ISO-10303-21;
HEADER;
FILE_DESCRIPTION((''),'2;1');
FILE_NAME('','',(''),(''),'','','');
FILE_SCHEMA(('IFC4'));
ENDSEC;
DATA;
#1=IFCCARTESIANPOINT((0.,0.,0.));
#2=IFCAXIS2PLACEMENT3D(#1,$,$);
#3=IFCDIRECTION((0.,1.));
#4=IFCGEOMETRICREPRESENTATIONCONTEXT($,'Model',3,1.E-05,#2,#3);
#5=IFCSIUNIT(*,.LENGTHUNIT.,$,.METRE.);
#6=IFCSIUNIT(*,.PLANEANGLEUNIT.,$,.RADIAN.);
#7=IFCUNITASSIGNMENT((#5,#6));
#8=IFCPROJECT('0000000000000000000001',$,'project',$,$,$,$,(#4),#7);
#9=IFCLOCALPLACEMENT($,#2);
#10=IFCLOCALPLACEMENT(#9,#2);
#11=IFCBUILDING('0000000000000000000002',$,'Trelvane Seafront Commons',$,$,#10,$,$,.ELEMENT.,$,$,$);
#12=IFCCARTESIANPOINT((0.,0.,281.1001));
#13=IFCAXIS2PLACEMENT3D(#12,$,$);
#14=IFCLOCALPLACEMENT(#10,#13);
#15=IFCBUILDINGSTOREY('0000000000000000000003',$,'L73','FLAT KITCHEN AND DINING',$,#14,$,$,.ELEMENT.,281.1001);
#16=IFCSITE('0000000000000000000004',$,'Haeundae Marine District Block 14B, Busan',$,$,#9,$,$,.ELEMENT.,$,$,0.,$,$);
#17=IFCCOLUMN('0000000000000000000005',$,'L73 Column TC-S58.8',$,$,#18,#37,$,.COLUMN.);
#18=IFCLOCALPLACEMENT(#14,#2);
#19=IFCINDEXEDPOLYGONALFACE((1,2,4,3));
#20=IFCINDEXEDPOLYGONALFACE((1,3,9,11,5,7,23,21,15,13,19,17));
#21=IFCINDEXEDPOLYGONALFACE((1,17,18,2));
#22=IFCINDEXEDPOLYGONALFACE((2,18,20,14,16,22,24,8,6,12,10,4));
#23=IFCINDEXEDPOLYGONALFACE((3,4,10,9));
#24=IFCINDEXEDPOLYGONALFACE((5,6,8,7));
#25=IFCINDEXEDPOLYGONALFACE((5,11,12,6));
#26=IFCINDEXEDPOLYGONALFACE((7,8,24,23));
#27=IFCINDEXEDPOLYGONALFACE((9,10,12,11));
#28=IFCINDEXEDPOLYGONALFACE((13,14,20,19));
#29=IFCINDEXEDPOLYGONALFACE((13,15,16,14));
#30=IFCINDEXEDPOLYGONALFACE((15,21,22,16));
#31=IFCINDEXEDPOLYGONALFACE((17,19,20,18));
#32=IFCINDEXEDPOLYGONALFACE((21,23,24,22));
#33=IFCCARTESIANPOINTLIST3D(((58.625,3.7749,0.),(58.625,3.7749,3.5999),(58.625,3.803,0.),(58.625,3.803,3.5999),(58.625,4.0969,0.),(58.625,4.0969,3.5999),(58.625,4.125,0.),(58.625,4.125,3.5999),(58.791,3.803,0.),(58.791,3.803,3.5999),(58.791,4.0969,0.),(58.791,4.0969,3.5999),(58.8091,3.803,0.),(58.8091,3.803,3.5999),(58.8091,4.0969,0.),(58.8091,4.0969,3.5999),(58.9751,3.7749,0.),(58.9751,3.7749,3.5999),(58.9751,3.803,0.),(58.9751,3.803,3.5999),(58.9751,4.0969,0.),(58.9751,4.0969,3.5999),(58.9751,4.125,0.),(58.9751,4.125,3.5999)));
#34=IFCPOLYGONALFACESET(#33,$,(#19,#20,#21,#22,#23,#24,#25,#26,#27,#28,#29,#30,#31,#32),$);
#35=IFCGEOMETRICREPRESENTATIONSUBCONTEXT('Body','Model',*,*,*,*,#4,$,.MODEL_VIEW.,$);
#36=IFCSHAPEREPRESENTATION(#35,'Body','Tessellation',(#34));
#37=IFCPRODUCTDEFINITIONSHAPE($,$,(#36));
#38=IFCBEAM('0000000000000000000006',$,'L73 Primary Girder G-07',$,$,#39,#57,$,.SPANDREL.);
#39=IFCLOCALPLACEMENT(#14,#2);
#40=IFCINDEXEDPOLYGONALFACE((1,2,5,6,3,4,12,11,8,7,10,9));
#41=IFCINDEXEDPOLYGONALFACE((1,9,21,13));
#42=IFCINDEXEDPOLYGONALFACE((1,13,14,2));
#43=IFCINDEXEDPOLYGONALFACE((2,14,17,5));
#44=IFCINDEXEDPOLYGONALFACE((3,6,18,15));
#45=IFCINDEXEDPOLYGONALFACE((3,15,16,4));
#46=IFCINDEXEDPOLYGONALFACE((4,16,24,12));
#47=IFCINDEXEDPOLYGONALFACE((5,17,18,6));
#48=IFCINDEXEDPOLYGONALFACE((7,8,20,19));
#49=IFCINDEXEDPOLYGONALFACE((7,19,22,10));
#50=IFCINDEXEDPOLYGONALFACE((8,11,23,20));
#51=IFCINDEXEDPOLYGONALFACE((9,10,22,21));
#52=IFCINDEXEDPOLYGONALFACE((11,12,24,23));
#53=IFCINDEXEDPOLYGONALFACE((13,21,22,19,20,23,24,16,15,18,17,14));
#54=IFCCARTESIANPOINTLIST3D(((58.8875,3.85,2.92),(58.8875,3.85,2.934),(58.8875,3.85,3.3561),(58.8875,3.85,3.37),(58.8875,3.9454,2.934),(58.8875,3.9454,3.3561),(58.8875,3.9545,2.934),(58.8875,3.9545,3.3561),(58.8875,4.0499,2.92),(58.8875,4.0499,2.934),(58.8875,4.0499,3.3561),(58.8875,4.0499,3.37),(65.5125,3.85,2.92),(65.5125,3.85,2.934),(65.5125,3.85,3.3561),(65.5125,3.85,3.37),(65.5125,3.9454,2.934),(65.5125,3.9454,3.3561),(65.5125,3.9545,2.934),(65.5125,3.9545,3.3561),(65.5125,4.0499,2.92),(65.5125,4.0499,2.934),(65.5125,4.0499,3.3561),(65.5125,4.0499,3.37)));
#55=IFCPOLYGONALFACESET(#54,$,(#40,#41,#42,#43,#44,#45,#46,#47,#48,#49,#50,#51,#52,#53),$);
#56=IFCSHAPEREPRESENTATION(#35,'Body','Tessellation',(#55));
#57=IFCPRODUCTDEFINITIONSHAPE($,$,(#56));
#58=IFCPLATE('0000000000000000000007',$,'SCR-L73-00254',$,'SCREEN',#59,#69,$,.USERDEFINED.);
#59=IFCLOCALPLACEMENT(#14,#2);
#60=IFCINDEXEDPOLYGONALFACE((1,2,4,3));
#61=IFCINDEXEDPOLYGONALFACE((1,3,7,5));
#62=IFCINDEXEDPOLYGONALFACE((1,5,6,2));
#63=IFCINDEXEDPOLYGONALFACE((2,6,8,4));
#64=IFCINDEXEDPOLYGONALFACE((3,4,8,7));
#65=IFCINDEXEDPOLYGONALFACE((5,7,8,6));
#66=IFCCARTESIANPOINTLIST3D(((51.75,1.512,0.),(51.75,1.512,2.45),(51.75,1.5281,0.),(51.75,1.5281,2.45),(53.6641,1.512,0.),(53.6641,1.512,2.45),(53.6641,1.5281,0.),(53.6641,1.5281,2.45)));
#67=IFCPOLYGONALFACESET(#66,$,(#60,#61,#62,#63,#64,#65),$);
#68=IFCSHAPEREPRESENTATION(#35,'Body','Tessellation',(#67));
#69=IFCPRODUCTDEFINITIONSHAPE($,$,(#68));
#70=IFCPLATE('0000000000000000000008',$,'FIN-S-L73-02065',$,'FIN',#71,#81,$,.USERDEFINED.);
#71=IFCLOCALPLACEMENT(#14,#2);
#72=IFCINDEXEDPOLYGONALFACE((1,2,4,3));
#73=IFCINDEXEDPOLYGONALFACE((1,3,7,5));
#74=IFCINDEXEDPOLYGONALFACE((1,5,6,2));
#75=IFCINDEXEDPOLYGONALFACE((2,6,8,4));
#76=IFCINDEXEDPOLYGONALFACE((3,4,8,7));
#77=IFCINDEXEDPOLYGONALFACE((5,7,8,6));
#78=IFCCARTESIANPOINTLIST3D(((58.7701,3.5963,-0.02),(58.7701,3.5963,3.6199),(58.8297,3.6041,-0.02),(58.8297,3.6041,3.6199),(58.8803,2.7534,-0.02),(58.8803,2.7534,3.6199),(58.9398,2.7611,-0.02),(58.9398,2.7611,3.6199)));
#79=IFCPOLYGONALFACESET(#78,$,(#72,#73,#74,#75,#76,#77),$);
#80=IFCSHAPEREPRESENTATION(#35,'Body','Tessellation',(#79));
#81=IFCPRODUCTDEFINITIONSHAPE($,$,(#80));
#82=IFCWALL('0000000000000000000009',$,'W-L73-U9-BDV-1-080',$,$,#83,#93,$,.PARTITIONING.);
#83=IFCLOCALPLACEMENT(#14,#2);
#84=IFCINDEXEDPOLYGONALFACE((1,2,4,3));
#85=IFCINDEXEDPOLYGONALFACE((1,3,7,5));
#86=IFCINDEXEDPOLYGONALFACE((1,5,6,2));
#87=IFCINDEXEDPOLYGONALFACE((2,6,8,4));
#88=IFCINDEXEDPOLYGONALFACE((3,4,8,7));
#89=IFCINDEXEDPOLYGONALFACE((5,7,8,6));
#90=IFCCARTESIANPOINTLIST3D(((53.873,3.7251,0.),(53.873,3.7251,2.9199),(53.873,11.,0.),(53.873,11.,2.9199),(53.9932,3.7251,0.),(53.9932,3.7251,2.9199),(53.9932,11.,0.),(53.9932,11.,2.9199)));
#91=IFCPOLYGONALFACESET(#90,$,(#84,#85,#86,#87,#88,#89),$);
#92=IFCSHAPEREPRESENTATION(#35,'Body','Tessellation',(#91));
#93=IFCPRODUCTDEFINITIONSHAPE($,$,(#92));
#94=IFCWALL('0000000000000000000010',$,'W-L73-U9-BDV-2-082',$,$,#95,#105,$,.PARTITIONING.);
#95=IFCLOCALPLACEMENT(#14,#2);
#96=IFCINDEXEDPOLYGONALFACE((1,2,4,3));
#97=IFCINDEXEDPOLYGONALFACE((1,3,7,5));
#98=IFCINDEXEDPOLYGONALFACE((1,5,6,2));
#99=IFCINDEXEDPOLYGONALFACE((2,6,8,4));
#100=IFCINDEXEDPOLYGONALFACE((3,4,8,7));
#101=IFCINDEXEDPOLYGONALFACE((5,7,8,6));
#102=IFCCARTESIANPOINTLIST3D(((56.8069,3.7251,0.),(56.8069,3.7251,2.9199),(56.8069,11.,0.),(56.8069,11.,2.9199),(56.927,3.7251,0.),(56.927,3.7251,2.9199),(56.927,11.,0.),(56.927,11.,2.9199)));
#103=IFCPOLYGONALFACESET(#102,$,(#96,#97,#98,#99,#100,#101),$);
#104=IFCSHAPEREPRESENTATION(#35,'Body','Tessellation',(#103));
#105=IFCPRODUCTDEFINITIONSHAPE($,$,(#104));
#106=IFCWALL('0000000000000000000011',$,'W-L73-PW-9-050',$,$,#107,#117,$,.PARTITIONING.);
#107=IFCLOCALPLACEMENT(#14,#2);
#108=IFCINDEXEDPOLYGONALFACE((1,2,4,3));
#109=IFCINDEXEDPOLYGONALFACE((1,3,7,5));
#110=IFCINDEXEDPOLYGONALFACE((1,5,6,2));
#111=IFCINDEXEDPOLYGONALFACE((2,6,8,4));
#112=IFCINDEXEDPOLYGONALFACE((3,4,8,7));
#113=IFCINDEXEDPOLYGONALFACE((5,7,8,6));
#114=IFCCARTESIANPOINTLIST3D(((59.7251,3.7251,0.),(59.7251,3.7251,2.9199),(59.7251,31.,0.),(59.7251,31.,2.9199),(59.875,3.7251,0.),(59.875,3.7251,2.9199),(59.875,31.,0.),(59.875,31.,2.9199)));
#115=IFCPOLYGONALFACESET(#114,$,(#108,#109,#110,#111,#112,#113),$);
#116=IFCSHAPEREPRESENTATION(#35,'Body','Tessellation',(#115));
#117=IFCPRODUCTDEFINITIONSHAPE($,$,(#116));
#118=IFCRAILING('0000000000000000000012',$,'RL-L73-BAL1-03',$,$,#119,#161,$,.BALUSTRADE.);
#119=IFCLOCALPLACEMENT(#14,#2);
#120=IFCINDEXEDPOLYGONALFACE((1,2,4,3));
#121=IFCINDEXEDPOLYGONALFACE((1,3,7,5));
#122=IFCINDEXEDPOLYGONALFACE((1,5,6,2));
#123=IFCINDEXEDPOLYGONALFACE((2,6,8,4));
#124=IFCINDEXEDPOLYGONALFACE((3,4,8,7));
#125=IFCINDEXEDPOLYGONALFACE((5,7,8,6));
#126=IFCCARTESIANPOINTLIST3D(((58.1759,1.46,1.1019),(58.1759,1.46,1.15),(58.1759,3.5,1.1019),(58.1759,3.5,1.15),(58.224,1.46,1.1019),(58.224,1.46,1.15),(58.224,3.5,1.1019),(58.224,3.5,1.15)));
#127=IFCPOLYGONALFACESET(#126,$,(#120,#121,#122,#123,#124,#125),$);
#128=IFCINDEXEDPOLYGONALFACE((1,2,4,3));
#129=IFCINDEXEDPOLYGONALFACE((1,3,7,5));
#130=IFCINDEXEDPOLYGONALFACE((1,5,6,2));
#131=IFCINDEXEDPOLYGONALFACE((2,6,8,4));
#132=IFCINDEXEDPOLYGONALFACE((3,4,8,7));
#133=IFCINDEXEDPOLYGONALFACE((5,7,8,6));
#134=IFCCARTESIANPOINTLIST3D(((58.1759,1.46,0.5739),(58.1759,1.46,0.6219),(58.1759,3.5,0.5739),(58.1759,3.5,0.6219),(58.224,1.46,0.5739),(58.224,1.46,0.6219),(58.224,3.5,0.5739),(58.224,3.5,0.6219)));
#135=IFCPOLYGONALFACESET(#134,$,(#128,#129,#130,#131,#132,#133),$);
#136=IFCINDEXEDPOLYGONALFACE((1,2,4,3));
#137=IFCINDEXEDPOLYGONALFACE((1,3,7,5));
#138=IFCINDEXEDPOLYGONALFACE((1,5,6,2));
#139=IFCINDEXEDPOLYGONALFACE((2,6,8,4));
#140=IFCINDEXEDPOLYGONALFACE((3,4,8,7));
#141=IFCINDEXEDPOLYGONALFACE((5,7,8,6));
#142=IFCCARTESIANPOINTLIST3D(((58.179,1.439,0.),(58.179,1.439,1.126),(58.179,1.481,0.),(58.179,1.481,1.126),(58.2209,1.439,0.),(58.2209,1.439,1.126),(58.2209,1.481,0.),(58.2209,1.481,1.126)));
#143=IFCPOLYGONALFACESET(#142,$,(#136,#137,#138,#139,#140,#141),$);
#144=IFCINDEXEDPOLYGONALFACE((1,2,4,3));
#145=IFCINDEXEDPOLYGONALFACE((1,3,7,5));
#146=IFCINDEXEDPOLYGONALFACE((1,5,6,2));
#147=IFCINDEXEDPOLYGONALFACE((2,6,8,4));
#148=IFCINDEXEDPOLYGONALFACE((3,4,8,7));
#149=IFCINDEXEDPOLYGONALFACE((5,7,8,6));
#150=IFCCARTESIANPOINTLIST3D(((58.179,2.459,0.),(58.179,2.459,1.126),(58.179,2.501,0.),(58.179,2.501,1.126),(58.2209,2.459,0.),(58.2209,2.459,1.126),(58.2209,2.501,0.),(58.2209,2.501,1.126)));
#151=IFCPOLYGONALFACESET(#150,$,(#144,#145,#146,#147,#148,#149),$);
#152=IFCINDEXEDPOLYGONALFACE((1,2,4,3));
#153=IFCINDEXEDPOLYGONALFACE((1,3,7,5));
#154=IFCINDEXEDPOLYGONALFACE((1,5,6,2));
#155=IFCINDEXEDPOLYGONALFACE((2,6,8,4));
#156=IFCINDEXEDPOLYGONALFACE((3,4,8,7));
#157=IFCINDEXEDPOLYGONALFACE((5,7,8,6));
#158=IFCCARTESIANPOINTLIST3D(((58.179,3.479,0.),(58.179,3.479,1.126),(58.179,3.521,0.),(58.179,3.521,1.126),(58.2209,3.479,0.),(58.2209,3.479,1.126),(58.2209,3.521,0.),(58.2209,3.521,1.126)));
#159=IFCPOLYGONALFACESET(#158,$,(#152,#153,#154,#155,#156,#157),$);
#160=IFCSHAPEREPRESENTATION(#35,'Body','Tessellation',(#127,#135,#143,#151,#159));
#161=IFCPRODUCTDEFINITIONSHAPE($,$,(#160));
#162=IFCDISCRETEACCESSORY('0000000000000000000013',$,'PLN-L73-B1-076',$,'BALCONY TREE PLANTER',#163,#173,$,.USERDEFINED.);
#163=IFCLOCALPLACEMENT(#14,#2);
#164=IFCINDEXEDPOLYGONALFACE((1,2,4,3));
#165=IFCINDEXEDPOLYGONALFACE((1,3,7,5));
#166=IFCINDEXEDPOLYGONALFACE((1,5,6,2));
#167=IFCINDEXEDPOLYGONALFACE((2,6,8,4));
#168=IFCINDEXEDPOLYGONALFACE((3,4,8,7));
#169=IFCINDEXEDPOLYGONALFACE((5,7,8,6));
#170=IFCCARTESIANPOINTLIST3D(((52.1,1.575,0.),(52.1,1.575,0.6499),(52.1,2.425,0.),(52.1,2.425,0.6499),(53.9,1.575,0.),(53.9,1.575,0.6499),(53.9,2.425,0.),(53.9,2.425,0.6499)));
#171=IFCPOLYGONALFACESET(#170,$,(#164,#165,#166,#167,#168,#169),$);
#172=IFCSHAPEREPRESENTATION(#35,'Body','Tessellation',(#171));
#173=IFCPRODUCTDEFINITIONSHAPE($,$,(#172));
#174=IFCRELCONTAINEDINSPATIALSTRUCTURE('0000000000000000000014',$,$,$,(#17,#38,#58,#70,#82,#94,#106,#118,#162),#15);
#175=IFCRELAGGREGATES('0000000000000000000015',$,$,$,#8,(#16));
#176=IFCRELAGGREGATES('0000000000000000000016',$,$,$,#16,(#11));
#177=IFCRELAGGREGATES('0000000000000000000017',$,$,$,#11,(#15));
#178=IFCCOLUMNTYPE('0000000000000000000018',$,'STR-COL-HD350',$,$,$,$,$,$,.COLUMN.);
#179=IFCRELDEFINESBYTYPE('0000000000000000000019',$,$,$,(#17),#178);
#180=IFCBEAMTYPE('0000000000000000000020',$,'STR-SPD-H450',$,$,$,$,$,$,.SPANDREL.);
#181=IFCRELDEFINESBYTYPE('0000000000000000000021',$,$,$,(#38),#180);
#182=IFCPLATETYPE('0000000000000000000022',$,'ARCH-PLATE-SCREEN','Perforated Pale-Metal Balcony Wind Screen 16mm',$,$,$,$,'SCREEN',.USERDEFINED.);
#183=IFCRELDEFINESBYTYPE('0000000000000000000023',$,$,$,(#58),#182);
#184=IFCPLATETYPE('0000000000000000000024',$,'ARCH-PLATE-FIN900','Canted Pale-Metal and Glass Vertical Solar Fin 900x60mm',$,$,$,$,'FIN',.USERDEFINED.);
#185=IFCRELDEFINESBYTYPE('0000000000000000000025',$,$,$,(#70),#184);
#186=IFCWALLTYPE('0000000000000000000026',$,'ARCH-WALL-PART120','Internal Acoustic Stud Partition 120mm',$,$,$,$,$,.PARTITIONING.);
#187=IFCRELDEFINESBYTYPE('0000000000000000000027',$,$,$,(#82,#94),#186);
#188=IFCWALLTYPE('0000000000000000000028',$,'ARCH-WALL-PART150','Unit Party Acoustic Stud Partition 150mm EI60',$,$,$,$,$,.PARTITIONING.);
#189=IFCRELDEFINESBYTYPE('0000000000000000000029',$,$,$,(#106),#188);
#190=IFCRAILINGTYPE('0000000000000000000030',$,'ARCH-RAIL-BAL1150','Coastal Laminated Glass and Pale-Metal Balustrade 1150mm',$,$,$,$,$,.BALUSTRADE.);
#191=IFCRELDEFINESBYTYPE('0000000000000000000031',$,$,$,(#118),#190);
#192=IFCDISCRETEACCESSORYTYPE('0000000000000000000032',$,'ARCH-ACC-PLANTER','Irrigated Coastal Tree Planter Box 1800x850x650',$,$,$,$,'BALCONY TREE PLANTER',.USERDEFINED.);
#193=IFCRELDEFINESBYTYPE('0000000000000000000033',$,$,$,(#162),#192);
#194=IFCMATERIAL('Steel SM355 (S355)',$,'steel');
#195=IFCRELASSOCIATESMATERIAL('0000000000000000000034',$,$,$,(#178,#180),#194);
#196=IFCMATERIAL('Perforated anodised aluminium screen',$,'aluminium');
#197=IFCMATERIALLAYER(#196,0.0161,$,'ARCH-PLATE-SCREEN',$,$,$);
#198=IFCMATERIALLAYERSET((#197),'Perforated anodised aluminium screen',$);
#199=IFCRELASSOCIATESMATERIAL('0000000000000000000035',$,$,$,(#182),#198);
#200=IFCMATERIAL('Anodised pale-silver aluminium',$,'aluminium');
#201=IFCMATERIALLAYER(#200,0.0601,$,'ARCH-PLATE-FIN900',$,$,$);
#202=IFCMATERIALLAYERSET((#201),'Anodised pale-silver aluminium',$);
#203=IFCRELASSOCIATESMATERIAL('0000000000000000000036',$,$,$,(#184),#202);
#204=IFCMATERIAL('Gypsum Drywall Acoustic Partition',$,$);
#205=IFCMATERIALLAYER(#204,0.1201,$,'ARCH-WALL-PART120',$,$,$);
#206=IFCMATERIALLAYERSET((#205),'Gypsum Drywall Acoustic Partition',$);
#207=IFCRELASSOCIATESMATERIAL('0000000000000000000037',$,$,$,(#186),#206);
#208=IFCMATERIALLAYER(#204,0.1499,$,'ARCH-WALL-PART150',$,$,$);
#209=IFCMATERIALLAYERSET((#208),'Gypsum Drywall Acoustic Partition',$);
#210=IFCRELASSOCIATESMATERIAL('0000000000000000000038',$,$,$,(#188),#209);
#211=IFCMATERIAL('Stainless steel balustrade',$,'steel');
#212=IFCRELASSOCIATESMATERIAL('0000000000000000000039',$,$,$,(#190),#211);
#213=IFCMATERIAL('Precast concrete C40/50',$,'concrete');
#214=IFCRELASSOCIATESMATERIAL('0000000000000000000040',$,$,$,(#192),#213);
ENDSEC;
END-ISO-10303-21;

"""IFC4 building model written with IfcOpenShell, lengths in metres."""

from ifc_helpers import new_model, si_unit, direction, frame, frame_2d, origin, origin_2d, place, context, subcontext, project, spatial, rectangle, i_section, extrude, source, transform, mapped, material, layer, layer_set, material_profile, profile_set, type_object, element, save


model = new_model("IFC4")

# Units and contexts
model_context = context("Model", 3, precision=1e-05, world=origin(), true_north=direction((0.0, 1.0)))
body_context = subcontext(model_context, "Body", "Model", "MODEL_VIEW")
ifc_project = project(units=[si_unit("LENGTHUNIT", "METRE"), si_unit("PLANEANGLEUNIT", "RADIAN")], contexts=[model_context])

# Site, building, storey
site_placement = place(None, origin())
site = spatial("IfcSite", under=ifc_project, at=site_placement, Name="Haeundae Marine District Block 14B, Busan", CompositionType="ELEMENT", RefElevation=0.0)
building_placement = place(site_placement, origin())
building = spatial("IfcBuilding", under=site, at=building_placement, Name="Trelvane Seafront Commons", CompositionType="ELEMENT")
storey_placement = place(building_placement, frame((0.0, 0.0, 281.1001)))
storey = spatial("IfcBuildingStorey", under=building, at=storey_placement, Name="L73", Description="FLAT KITCHEN AND DINING", CompositionType="ELEMENT", Elevation=281.1001)

# Column
ifc_material_1 = material(Name="Steel SM355 (S355)", Category="steel")
ifc_material_profile_1 = material_profile(ifc_material_1, i_section(OverallWidth=0.3501, OverallDepth=0.3501, WebThickness=0.0181, FlangeThickness=0.0281, at=origin_2d()), Name="HD-350x350x18x28")
ifc_profile_set_1 = profile_set([ifc_material_profile_1], Name="Steel SM355 (S355)")
column_type = type_object("IfcColumnType", Name="STR-COL-HD350", PredefinedType="COLUMN", material=ifc_profile_set_1)
shared_shape_1 = source(origin(), body_context, "Body", "SweptSolid", [
    extrude(i_section(OverallWidth=0.3501, OverallDepth=0.3501, WebThickness=0.0181, FlangeThickness=0.0281, at=origin_2d()), origin(), (0.0, 0.0, 1.0), 3.5999),
])
column_placement = place(storey_placement, frame((58.8, 3.95, 0.0), z_axis=(0.0, 0.0, 1.0), x_axis=(1.0, 0.0, 0.0)))
element("IfcColumn", 1, at=column_placement, inside=storey, type_object=column_type, Name="L73 Column TC-S58.8", PredefinedType="COLUMN", context=body_context, shape_type="MappedRepresentation", body=[
    mapped(shared_shape_1, transform((0.0, 0.0, 0.0), x_axis=(1.0, 0.0, 0.0), y_axis=(0.0, 1.0, 0.0), z_axis=(0.0, 0.0, 1.0), scale=1.0)),
])

# Beam
ifc_material_profile_2 = material_profile(ifc_material_1, i_section(OverallWidth=0.2, OverallDepth=0.45, WebThickness=0.009, FlangeThickness=0.0139, at=origin_2d()), Name="H-450x200x9x14")
ifc_profile_set_2 = profile_set([ifc_material_profile_2], Name="Steel SM355 (S355)")
beam_type = type_object("IfcBeamType", Name="STR-SPD-H450", PredefinedType="SPANDREL", material=ifc_profile_set_2)
shared_shape_2 = source(origin(), body_context, "Body", "SweptSolid", [
    extrude(i_section(OverallWidth=0.2, OverallDepth=0.45, WebThickness=0.009, FlangeThickness=0.0139, at=origin_2d()), origin(), (0.0, 0.0, 1.0), 6.625),
])
beam_placement = place(storey_placement, frame((58.8875, 3.95, 3.145), z_axis=(1.0, 0.0, 0.0), x_axis=(0.0, 1.0, 0.0)))
element("IfcBeam", 2, at=beam_placement, inside=storey, type_object=beam_type, Name="L73 Primary Girder G-07", PredefinedType="SPANDREL", context=body_context, shape_type="MappedRepresentation", body=[
    mapped(shared_shape_2, transform((0.0, 0.0, 0.0), x_axis=(1.0, 0.0, 0.0), y_axis=(0.0, 1.0, 0.0), z_axis=(0.0, 0.0, 1.0), scale=1.0)),
])

# Plates
ifc_material_2 = material(Name="Perforated anodised aluminium screen", Category="aluminium")
ifc_layer_1 = layer(ifc_material_2, 0.0161, Name="ARCH-PLATE-SCREEN")
ifc_layer_set_1 = layer_set([ifc_layer_1], Name="Perforated anodised aluminium screen")
plate_type_1 = type_object("IfcPlateType", Name="ARCH-PLATE-SCREEN", Description="Perforated Pale-Metal Balcony Wind Screen 16mm", ElementType="SCREEN", PredefinedType="USERDEFINED", material=ifc_layer_set_1)
shared_shape_3 = source(origin(), body_context, "Body", "SweptSolid", [
    extrude(rectangle(XDim=1.9141, YDim=0.0161, at=origin_2d()), origin(), (0.0, 0.0, 1.0), 2.45),
])
plate_1_placement = place(storey_placement, frame((52.707, 1.52, 0.0), z_axis=(0.0, 0.0, 1.0), x_axis=(1.0, 0.0, 0.0)))
element("IfcPlate", 3, at=plate_1_placement, inside=storey, type_object=plate_type_1, Name="SCR-L73-00254", ObjectType="SCREEN", PredefinedType="USERDEFINED", context=body_context, shape_type="MappedRepresentation", body=[
    mapped(shared_shape_3, transform((0.0, 0.0, 0.0), x_axis=(1.0, 0.0, 0.0), y_axis=(0.0, 1.0, 0.0), z_axis=(0.0, 0.0, 1.0), scale=1.0)),
])
ifc_material_3 = material(Name="Anodised pale-silver aluminium", Category="aluminium")
ifc_layer_2 = layer(ifc_material_3, 0.0601, Name="ARCH-PLATE-FIN900")
ifc_layer_set_2 = layer_set([ifc_layer_2], Name="Anodised pale-silver aluminium")
plate_type_2 = type_object("IfcPlateType", Name="ARCH-PLATE-FIN900", Description="Canted Pale-Metal and Glass Vertical Solar Fin 900x60mm", ElementType="FIN", PredefinedType="USERDEFINED", material=ifc_layer_set_2)
shared_shape_4 = source(origin(), body_context, "Body", "SweptSolid", [
    extrude(rectangle(XDim=0.8501, YDim=0.0601, at=origin_2d()), origin(), (0.0, 0.0, 1.0), 3.6399),
])
plate_2_placement = place(storey_placement, frame((58.855, 3.1787, -0.02), z_axis=(0.0, 0.0, 1.0), x_axis=(0.129535, -0.991575, 0.0)))
element("IfcPlate", 4, at=plate_2_placement, inside=storey, type_object=plate_type_2, Name="FIN-S-L73-02065", ObjectType="FIN", PredefinedType="USERDEFINED", context=body_context, shape_type="MappedRepresentation", body=[
    mapped(shared_shape_4, transform((0.0, 0.0, 0.0), x_axis=(1.0, 0.0, 0.0), y_axis=(0.0, 1.0, 0.0), z_axis=(0.0, 0.0, 1.0), scale=1.0)),
])

# Shared definitions
ifc_material_4 = material(Name="Precast concrete C40/50", Category="concrete")

# Walls
ifc_material_5 = material(Name="Gypsum Drywall Acoustic Partition")
ifc_layer_3 = layer(ifc_material_5, 0.1201, Name="ARCH-WALL-PART120")
ifc_layer_set_3 = layer_set([ifc_layer_3], Name="Gypsum Drywall Acoustic Partition")
wall_type_1 = type_object("IfcWallType", Name="ARCH-WALL-PART120", Description="Internal Acoustic Stud Partition 120mm", PredefinedType="PARTITIONING", material=ifc_layer_set_3)
for number, where, z_axis, x_axis, name in (
    (5, (53.9331, 3.7251, 0.0), (0.0, 0.0, 1.0), (0.0, 1.0, 0.0), "W-L73-U9-BDV-1-080"),
    (6, (56.8669, 3.7251, 0.0), (0.0, 0.0, 1.0), (0.0, 1.0, 0.0), "W-L73-U9-BDV-2-082"),
):
    element("IfcWall", number, at=place(storey_placement, frame(where, z_axis=z_axis, x_axis=x_axis)), inside=storey, type_object=wall_type_1, Name=name, PredefinedType="PARTITIONING", context=body_context, shape_type="SweptSolid", body=[
        extrude(rectangle(XDim=7.2749, YDim=0.1201, at=frame_2d((3.6375, 0.0))), origin(), (0.0, 0.0, 1.0), 2.9199),
    ])
ifc_layer_4 = layer(ifc_material_5, 0.1499, Name="ARCH-WALL-PART150")
ifc_layer_set_4 = layer_set([ifc_layer_4], Name="Gypsum Drywall Acoustic Partition")
wall_type_2 = type_object("IfcWallType", Name="ARCH-WALL-PART150", Description="Unit Party Acoustic Stud Partition 150mm EI60", PredefinedType="PARTITIONING", material=ifc_layer_set_4)
wall_1_placement = place(storey_placement, frame((59.8, 3.7251, 0.0), z_axis=(0.0, 0.0, 1.0), x_axis=(0.0, 1.0, 0.0)))
element("IfcWall", 7, at=wall_1_placement, inside=storey, type_object=wall_type_2, Name="W-L73-PW-9-050", PredefinedType="PARTITIONING", context=body_context, shape_type="SweptSolid", body=[
    extrude(rectangle(XDim=27.2749, YDim=0.1499, at=frame_2d((13.6375, 0.0))), origin(), (0.0, 0.0, 1.0), 2.9199),
])

# Railing
ifc_material_6 = material(Name="Stainless steel balustrade", Category="steel")
railing_type = type_object("IfcRailingType", Name="ARCH-RAIL-BAL1150", Description="Coastal Laminated Glass and Pale-Metal Balustrade 1150mm", PredefinedType="BALUSTRADE", material=ifc_material_6)
railing_placement = place(storey_placement, frame((58.2, 1.46, 0.0)))
element("IfcRailing", 8, at=railing_placement, inside=storey, type_object=railing_type, Name="RL-L73-BAL1-03", PredefinedType="BALUSTRADE", context=body_context, shape_type="SweptSolid", body=[
    extrude(rectangle(XDim=0.0481, YDim=0.0481, at=origin_2d()), frame((0.0, 0.0, 1.126), z_axis=(0.0, 1.0, 0.0), x_axis=(-1.0, 0.0, 0.0)), (0.0, 0.0, 1.0), 2.04),
    extrude(rectangle(XDim=0.0481, YDim=0.0481, at=origin_2d()), frame((0.0, 0.0, 0.5979), z_axis=(0.0, 1.0, 0.0), x_axis=(-1.0, 0.0, 0.0)), (0.0, 0.0, 1.0), 2.04),
    extrude(rectangle(XDim=0.042, YDim=0.042, at=origin_2d()), origin(), (0.0, 0.0, 1.0), 1.126),
    extrude(rectangle(XDim=0.042, YDim=0.042, at=origin_2d()), frame((0.0, 1.02, 0.0)), (0.0, 0.0, 1.0), 1.126),
    extrude(rectangle(XDim=0.042, YDim=0.042, at=origin_2d()), frame((0.0, 2.04, 0.0)), (0.0, 0.0, 1.0), 1.126),
])

# Discrete accessory
discrete_accessory_type = type_object("IfcDiscreteAccessoryType", Name="ARCH-ACC-PLANTER", Description="Irrigated Coastal Tree Planter Box 1800x850x650", ElementType="BALCONY TREE PLANTER", PredefinedType="USERDEFINED", material=ifc_material_4)
shared_shape_5 = source(origin(), body_context, "Body", "SweptSolid", [
    extrude(rectangle(XDim=1.8, YDim=0.8501, at=origin_2d()), origin(), (0.0, 0.0, 1.0), 0.6499),
])
discrete_accessory_placement = place(storey_placement, frame((53.0, 2.0, 0.0), z_axis=(0.0, 0.0, 1.0), x_axis=(1.0, 0.0, 0.0)))
element("IfcDiscreteAccessory", 9, at=discrete_accessory_placement, inside=storey, type_object=discrete_accessory_type, Name="PLN-L73-B1-076", ObjectType="BALCONY TREE PLANTER", PredefinedType="USERDEFINED", context=body_context, shape_type="MappedRepresentation", body=[
    mapped(shared_shape_5, transform((0.0, 0.0, 0.0), x_axis=(1.0, 0.0, 0.0), y_axis=(0.0, 1.0, 0.0), z_axis=(0.0, 0.0, 1.0), scale=1.0)),
])

save(model, "model.ifc")
